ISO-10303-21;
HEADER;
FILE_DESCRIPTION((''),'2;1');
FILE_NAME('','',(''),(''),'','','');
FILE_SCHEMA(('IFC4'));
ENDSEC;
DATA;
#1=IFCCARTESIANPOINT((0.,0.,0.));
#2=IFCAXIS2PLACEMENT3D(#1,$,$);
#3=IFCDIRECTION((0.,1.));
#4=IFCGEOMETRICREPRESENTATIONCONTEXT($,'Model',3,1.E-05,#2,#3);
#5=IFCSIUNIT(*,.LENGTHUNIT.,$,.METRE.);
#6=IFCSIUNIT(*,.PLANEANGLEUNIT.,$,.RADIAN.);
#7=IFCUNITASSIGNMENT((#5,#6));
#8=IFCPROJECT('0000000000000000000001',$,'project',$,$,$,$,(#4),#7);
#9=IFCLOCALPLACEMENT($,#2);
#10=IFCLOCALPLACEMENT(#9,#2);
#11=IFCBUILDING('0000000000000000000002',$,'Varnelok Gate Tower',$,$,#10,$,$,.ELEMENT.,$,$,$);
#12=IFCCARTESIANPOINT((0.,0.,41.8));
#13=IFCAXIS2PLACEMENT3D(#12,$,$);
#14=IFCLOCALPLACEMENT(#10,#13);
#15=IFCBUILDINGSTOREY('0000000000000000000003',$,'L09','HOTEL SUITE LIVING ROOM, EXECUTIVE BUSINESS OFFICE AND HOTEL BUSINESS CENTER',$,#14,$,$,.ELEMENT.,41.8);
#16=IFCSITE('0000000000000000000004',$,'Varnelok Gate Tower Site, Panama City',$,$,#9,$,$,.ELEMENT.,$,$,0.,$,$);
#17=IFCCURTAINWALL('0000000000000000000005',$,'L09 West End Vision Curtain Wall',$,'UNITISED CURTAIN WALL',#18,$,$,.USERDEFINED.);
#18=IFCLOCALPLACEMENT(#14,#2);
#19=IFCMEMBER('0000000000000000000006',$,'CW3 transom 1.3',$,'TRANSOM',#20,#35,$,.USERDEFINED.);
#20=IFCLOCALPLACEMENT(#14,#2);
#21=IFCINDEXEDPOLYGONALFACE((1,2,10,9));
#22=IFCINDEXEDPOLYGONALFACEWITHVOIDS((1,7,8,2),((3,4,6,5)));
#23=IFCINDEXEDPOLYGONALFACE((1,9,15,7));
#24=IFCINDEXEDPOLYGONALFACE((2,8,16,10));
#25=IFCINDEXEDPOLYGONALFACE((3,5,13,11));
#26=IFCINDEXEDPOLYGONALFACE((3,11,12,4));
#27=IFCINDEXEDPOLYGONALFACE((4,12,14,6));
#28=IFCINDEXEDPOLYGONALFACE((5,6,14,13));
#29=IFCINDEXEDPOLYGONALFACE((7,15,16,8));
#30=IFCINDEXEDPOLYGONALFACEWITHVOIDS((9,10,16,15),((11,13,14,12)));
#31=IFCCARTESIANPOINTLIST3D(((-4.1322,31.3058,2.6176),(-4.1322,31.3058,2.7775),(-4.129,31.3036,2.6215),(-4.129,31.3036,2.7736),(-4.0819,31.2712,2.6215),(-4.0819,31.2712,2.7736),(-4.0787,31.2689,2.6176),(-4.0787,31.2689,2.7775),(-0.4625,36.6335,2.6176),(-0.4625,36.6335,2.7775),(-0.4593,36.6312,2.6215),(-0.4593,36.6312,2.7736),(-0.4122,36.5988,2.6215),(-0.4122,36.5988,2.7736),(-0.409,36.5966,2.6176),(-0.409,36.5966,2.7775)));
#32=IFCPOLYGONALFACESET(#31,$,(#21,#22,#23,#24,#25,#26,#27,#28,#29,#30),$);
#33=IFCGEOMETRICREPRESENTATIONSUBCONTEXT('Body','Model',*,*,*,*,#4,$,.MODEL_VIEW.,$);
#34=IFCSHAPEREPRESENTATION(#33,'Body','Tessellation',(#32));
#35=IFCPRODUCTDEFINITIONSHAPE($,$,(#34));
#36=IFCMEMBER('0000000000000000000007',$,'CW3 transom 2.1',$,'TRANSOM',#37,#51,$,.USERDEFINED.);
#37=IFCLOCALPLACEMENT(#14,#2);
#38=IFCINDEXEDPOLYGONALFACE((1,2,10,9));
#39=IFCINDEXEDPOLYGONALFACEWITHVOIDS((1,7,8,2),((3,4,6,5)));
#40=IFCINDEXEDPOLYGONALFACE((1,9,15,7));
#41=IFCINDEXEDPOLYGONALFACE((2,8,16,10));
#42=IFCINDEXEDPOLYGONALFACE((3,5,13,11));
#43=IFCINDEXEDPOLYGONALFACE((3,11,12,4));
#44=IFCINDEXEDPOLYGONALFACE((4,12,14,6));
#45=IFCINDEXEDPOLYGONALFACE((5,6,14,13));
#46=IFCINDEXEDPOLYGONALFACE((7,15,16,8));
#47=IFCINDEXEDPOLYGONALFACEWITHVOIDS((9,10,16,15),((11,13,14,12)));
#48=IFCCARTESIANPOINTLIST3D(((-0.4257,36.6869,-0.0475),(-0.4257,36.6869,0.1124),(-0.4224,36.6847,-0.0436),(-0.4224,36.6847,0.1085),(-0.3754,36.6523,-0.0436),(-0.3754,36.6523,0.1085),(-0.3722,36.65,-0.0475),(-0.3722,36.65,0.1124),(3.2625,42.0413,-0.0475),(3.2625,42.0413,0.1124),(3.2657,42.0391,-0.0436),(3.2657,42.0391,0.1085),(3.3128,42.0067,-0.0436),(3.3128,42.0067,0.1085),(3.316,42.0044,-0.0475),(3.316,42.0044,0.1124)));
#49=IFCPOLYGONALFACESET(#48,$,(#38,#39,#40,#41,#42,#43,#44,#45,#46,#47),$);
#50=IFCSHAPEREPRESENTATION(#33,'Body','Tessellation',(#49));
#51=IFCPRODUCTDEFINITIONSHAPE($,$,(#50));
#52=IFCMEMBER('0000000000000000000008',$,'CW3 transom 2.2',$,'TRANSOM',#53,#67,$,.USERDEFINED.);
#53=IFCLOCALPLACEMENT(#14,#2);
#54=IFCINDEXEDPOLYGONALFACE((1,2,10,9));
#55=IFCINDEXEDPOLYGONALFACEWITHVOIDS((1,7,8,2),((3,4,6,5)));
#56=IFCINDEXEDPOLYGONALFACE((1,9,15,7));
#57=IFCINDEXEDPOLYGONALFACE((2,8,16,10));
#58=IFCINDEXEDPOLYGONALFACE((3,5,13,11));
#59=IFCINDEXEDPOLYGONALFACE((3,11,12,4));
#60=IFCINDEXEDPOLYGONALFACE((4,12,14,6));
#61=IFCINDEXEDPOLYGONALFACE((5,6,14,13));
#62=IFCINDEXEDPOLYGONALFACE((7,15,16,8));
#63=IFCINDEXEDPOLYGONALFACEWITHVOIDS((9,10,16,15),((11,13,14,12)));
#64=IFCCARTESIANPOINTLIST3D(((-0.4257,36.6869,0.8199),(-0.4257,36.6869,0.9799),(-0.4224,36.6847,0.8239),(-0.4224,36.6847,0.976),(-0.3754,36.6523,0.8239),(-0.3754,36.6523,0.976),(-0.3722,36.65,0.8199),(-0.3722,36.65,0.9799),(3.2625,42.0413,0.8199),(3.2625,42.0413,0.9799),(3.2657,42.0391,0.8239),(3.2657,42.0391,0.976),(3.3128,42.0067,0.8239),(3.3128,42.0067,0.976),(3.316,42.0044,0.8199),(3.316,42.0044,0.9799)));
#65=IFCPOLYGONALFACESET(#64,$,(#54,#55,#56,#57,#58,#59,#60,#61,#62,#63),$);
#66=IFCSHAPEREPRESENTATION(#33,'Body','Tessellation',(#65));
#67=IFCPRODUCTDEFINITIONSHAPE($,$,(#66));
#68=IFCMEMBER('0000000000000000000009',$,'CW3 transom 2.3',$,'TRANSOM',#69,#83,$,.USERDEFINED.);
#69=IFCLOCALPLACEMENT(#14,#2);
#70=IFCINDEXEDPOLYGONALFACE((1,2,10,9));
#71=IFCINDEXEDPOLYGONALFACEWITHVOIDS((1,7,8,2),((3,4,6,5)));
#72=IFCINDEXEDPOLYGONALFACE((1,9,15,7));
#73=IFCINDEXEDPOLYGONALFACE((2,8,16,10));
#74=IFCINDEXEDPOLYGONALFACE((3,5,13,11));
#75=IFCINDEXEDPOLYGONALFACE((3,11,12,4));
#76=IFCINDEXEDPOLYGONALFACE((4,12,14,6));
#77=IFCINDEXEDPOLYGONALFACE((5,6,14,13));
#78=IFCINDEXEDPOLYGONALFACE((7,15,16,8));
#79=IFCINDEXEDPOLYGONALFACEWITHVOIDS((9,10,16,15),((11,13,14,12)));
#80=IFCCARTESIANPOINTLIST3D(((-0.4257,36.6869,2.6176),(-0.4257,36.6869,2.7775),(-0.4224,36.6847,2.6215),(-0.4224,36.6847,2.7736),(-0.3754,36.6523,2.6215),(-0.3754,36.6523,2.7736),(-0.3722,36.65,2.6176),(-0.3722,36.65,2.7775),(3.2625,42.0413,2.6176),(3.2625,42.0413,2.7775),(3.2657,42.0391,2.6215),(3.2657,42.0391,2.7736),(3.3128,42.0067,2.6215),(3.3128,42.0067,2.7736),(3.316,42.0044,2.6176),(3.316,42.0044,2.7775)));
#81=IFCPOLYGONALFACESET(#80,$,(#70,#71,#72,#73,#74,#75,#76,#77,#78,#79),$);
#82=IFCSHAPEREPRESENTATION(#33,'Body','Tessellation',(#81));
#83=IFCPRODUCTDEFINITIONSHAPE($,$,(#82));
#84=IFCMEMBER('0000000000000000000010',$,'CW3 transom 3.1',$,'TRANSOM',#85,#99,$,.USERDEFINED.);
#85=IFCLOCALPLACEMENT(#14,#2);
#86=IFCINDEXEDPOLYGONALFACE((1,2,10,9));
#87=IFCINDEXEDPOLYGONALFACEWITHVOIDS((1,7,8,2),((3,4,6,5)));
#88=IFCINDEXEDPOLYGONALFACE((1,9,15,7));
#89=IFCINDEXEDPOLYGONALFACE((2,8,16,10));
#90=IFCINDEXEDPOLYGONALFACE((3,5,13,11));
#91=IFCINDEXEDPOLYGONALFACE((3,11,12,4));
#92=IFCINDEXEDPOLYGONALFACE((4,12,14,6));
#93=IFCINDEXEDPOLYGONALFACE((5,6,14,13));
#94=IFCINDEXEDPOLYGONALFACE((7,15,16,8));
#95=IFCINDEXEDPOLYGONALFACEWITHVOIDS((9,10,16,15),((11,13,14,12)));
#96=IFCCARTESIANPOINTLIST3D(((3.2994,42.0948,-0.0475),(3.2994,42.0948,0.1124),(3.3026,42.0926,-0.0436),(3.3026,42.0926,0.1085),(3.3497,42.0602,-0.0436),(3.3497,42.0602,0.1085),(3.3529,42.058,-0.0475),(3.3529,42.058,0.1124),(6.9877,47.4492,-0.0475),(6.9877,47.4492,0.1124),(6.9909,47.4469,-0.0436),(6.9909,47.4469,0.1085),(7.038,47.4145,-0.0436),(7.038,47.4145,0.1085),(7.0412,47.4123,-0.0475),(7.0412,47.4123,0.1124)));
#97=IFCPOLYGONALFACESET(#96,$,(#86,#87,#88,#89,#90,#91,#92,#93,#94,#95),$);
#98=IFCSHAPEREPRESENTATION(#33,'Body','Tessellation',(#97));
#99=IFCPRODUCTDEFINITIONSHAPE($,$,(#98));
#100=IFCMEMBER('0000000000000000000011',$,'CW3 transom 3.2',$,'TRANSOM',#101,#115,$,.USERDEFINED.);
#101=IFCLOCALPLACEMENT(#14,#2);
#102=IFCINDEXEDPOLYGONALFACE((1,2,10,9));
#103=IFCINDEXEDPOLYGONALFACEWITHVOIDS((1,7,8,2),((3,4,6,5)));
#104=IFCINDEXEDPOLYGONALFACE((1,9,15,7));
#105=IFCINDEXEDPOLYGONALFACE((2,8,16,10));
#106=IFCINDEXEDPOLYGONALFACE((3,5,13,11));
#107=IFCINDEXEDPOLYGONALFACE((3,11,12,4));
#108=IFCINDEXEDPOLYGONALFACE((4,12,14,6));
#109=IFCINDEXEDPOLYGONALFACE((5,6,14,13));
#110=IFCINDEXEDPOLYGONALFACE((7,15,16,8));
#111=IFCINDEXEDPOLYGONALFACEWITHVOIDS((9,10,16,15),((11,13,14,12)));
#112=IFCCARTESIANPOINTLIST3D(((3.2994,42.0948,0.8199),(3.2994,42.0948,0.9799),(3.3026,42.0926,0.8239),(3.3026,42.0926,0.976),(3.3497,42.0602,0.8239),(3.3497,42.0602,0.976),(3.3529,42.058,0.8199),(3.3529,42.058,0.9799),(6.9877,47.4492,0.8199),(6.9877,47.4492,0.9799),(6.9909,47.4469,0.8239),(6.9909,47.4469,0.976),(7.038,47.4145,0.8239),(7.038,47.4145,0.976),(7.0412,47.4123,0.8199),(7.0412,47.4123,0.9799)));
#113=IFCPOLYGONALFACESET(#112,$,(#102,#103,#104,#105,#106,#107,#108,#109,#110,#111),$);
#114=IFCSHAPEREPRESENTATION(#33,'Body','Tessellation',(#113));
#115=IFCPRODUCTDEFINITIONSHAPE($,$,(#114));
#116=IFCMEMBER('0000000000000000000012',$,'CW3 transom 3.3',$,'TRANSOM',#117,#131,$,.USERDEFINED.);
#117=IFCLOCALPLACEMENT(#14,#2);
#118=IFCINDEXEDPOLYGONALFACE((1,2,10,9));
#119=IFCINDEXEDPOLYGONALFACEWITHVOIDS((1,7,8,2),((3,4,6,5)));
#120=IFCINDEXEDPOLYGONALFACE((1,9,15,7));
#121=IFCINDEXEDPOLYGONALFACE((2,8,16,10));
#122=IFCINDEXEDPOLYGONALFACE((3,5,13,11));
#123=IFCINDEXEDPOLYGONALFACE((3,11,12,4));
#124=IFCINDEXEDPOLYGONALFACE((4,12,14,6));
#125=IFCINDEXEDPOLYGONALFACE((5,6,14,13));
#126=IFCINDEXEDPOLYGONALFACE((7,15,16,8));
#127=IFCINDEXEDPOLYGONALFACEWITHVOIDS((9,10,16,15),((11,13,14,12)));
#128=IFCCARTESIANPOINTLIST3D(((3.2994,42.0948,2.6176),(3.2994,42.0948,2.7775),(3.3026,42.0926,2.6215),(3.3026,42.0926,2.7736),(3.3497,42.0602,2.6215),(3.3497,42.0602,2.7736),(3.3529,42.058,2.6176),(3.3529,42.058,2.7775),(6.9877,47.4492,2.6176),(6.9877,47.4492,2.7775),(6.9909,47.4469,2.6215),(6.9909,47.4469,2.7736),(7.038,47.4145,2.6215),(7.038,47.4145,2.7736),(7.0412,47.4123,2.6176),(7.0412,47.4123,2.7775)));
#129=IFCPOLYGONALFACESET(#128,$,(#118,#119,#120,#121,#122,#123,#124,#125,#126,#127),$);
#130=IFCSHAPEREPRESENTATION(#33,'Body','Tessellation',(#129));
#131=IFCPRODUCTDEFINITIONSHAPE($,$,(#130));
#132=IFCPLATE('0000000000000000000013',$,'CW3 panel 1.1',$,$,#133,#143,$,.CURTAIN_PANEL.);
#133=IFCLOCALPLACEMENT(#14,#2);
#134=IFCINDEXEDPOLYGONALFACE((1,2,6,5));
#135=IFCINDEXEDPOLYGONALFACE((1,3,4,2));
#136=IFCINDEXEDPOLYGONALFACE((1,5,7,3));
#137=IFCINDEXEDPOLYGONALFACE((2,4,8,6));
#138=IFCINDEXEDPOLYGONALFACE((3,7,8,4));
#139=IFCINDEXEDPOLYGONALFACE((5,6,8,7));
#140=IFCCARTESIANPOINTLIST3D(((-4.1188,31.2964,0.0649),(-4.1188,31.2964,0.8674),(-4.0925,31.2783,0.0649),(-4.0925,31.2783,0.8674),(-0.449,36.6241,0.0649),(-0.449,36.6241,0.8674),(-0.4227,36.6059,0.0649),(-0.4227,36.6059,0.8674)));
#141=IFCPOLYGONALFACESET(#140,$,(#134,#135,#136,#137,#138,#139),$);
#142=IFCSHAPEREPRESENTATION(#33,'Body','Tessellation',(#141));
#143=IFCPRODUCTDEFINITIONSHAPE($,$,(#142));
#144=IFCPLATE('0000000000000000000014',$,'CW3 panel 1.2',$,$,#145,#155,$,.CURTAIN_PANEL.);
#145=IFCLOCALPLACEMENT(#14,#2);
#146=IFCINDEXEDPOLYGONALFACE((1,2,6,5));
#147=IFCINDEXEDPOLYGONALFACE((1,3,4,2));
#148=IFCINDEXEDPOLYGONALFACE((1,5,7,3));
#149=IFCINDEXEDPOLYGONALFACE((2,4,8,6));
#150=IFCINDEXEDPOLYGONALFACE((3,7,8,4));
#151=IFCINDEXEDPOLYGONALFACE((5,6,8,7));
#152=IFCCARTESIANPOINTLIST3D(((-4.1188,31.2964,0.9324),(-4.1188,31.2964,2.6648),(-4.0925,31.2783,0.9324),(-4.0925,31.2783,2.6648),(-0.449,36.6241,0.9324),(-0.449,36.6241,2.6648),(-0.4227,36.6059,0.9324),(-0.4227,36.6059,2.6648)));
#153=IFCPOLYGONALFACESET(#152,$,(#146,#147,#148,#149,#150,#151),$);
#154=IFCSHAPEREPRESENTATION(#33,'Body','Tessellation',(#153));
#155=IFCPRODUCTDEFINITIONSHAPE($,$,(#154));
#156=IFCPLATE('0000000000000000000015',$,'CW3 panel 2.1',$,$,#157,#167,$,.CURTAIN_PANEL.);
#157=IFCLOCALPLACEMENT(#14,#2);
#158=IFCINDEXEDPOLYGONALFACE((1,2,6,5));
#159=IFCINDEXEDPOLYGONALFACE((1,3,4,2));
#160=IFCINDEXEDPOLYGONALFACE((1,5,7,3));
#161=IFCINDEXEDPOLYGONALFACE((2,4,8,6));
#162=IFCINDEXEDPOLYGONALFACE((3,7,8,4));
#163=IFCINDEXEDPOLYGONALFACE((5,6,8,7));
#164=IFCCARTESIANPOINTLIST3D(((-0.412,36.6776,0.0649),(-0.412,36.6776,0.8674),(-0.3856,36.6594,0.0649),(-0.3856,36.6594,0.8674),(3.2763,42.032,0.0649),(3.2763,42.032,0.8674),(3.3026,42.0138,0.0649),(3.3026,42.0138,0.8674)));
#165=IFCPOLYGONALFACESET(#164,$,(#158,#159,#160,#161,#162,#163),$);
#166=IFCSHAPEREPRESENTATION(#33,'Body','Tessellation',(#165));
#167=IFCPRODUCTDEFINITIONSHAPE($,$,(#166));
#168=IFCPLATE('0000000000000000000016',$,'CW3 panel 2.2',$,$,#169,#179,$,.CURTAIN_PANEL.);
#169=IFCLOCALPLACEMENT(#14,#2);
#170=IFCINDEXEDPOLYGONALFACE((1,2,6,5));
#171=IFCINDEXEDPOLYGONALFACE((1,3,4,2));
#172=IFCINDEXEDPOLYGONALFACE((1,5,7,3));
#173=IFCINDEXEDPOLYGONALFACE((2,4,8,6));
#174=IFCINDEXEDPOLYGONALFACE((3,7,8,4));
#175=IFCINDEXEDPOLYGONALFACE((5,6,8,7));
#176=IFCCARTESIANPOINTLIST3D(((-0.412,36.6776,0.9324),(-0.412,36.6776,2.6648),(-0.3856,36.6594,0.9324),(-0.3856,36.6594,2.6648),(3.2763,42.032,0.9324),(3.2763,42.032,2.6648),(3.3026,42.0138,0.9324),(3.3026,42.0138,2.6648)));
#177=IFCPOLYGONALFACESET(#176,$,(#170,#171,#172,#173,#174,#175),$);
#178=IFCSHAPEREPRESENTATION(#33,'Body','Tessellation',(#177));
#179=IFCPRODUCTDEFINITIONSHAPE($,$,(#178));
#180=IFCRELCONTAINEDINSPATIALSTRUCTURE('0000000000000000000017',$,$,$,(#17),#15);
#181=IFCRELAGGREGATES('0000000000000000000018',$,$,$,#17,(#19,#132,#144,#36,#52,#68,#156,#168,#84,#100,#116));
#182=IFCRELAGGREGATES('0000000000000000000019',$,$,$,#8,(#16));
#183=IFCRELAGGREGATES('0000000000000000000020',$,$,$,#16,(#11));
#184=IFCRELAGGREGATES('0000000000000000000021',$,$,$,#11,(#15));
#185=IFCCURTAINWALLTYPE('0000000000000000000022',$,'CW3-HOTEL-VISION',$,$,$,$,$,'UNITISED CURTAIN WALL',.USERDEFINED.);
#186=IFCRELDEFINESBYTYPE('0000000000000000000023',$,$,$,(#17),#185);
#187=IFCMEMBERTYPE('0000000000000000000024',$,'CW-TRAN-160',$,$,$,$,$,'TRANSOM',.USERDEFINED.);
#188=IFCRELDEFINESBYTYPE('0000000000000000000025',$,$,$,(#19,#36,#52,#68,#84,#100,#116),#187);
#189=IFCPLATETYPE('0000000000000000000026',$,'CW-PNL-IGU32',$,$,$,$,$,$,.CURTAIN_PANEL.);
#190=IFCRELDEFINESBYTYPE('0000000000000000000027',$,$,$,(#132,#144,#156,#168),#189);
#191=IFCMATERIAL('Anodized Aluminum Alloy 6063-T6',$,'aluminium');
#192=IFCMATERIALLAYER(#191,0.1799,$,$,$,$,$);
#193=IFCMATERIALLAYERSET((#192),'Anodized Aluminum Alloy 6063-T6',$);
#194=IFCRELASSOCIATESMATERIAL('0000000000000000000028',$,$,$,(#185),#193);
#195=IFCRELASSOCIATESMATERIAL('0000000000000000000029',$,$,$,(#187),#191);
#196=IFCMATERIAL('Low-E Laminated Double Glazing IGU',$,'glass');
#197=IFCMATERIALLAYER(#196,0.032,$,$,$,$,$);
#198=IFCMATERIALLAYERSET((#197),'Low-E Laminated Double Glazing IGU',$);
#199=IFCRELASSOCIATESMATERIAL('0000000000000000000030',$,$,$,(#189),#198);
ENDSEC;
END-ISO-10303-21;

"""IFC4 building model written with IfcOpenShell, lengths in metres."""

from ifc_helpers import new_model, si_unit, direction, frame, origin, origin_2d, place, context, subcontext, project, spatial, rectangle, hollow_rectangle, extrude, source, transform, mapped, material, layer, layer_set, material_profile, profile_set, type_object, element, aggregate, save


model = new_model("IFC4")

# Units and contexts
model_context = context("Model", 3, precision=1e-05, world=origin(), true_north=direction((0.0, 1.0)))
body_context = subcontext(model_context, "Body", "Model", "MODEL_VIEW")
ifc_project = project(units=[si_unit("LENGTHUNIT", "METRE"), si_unit("PLANEANGLEUNIT", "RADIAN")], contexts=[model_context])

# Site, building, storey
site_placement = place(None, origin())
site = spatial("IfcSite", under=ifc_project, at=site_placement, Name="Varnelok Gate Tower Site, Panama City", CompositionType="ELEMENT", RefElevation=0.0)
building_placement = place(site_placement, origin())
building = spatial("IfcBuilding", under=site, at=building_placement, Name="Varnelok Gate Tower", CompositionType="ELEMENT")
storey_placement = place(building_placement, frame((0.0, 0.0, 41.8)))
storey = spatial("IfcBuildingStorey", under=building, at=storey_placement, Name="L09", Description="HOTEL SUITE LIVING ROOM, EXECUTIVE BUSINESS OFFICE AND HOTEL BUSINESS CENTER", CompositionType="ELEMENT", Elevation=41.8)

# Curtain wall, members, plates
ifc_material_1 = material(Name="Anodized Aluminum Alloy 6063-T6", Category="aluminium")
ifc_layer_1 = layer(ifc_material_1, 0.1799)
ifc_layer_set_1 = layer_set([ifc_layer_1], Name="Anodized Aluminum Alloy 6063-T6")
curtain_wall_type = type_object("IfcCurtainWallType", Name="CW3-HOTEL-VISION", ElementType="UNITISED CURTAIN WALL", PredefinedType="USERDEFINED", material=ifc_layer_set_1)
curtain_wall_placement = place(storey_placement, origin())
curtain_wall = element("IfcCurtainWall", 1, at=curtain_wall_placement, inside=storey, type_object=curtain_wall_type, Name="L09 West End Vision Curtain Wall", ObjectType="UNITISED CURTAIN WALL", PredefinedType="USERDEFINED")
ifc_material_profile_1 = material_profile(ifc_material_1, hollow_rectangle(XDim=0.0649, YDim=0.1599, WallThickness=0.0039, at=origin_2d()), Name="ALU160X65X4")
ifc_profile_set_1 = profile_set([ifc_material_profile_1], Name="Anodized Aluminum Alloy 6063-T6")
member_type_1 = type_object("IfcMemberType", Name="CW-TRAN-160", ElementType="TRANSOM", PredefinedType="USERDEFINED", material=ifc_profile_set_1)
member_1_placement = place(storey_placement, frame((-4.1055, 31.2874, 2.6975), z_axis=(0.567256, 0.823542, 0.0), x_axis=(-0.823542, 0.567256, 0.0)))
member_1 = element("IfcMember", 2, at=member_1_placement, type_object=member_type_1, Name="CW3 transom 1.3", ObjectType="TRANSOM", PredefinedType="USERDEFINED", context=body_context, shape_type="SweptSolid", body=[
    extrude(hollow_rectangle(XDim=0.0649, YDim=0.1599, WallThickness=0.0039, at=origin_2d()), origin(), (0.0, 0.0, 1.0), 6.4692),
])
member_2_placement = place(storey_placement, frame((-0.3989, 36.6685, 0.0325), z_axis=(0.567262, 0.823538, 0.0), x_axis=(-0.823538, 0.567262, 0.0)))
member_2 = element("IfcMember", 3, at=member_2_placement, type_object=member_type_1, Name="CW3 transom 2.1", ObjectType="TRANSOM", PredefinedType="USERDEFINED", context=body_context, shape_type="SweptSolid", body=[
    extrude(hollow_rectangle(XDim=0.0649, YDim=0.1599, WallThickness=0.0039, at=origin_2d()), origin(), (0.0, 0.0, 1.0), 6.5017),
])
member_3_placement = place(storey_placement, frame((-0.3989, 36.6685, 0.8999), z_axis=(0.567262, 0.823538, 0.0), x_axis=(-0.823538, 0.567262, 0.0)))
member_3 = element("IfcMember", 4, at=member_3_placement, type_object=member_type_1, Name="CW3 transom 2.2", ObjectType="TRANSOM", PredefinedType="USERDEFINED", context=body_context, shape_type="SweptSolid", body=[
    extrude(hollow_rectangle(XDim=0.0649, YDim=0.1599, WallThickness=0.0039, at=origin_2d()), origin(), (0.0, 0.0, 1.0), 6.5017),
])
member_4_placement = place(storey_placement, frame((-0.3989, 36.6685, 2.6975), z_axis=(0.567262, 0.823538, 0.0), x_axis=(-0.823538, 0.567262, 0.0)))
member_4 = element("IfcMember", 5, at=member_4_placement, type_object=member_type_1, Name="CW3 transom 2.3", ObjectType="TRANSOM", PredefinedType="USERDEFINED", context=body_context, shape_type="SweptSolid", body=[
    extrude(hollow_rectangle(XDim=0.0649, YDim=0.1599, WallThickness=0.0039, at=origin_2d()), origin(), (0.0, 0.0, 1.0), 6.5017),
])
member_5_placement = place(storey_placement, frame((3.3262, 42.0764, 0.0325), z_axis=(0.567279, 0.823526, 0.0), x_axis=(-0.823526, 0.567279, 0.0)))
member_5 = element("IfcMember", 6, at=member_5_placement, type_object=member_type_1, Name="CW3 transom 3.1", ObjectType="TRANSOM", PredefinedType="USERDEFINED", context=body_context, shape_type="SweptSolid", body=[
    extrude(hollow_rectangle(XDim=0.0649, YDim=0.1599, WallThickness=0.0039, at=origin_2d()), origin(), (0.0, 0.0, 1.0), 6.5017),
])
member_6_placement = place(storey_placement, frame((3.3262, 42.0764, 0.8999), z_axis=(0.567279, 0.823526, 0.0), x_axis=(-0.823526, 0.567279, 0.0)))
member_6 = element("IfcMember", 7, at=member_6_placement, type_object=member_type_1, Name="CW3 transom 3.2", ObjectType="TRANSOM", PredefinedType="USERDEFINED", context=body_context, shape_type="SweptSolid", body=[
    extrude(hollow_rectangle(XDim=0.0649, YDim=0.1599, WallThickness=0.0039, at=origin_2d()), origin(), (0.0, 0.0, 1.0), 6.5017),
])
member_7_placement = place(storey_placement, frame((3.3262, 42.0764, 2.6975), z_axis=(0.567279, 0.823526, 0.0), x_axis=(-0.823526, 0.567279, 0.0)))
member_7 = element("IfcMember", 8, at=member_7_placement, type_object=member_type_1, Name="CW3 transom 3.3", ObjectType="TRANSOM", PredefinedType="USERDEFINED", context=body_context, shape_type="SweptSolid", body=[
    extrude(hollow_rectangle(XDim=0.0649, YDim=0.1599, WallThickness=0.0039, at=origin_2d()), origin(), (0.0, 0.0, 1.0), 6.5017),
])
ifc_material_2 = material(Name="Low-E Laminated Double Glazing IGU", Category="glass")
ifc_layer_2 = layer(ifc_material_2, 0.032)
ifc_layer_set_2 = layer_set([ifc_layer_2], Name="Low-E Laminated Double Glazing IGU")
plate_type = type_object("IfcPlateType", Name="CW-PNL-IGU32", PredefinedType="CURTAIN_PANEL", material=ifc_layer_set_2)
shared_shape_1 = source(origin(), body_context, "Body", "SweptSolid", [
    extrude(rectangle(XDim=6.4692, YDim=0.032, at=origin_2d()), origin(), (0.0, 0.0, 1.0), 0.8025),
])
plate_1_placement = place(storey_placement, frame((-2.2708, 33.9512, 0.0649), z_axis=(0.0, 0.0, 1.0), x_axis=(0.567269, 0.823533, 0.0)))
plate_1 = element("IfcPlate", 9, at=plate_1_placement, type_object=plate_type, Name="CW3 panel 1.1", PredefinedType="CURTAIN_PANEL", context=body_context, shape_type="MappedRepresentation", body=[
    mapped(shared_shape_1, transform((0.0, 0.0, 0.0), scale=1.0)),
])
shared_shape_2 = source(origin(), body_context, "Body", "SweptSolid", [
    extrude(rectangle(XDim=6.4692, YDim=0.032, at=origin_2d()), origin(), (0.0, 0.0, 1.0), 1.7324),
])
plate_2_placement = place(storey_placement, frame((-2.2708, 33.9512, 0.9324), z_axis=(0.0, 0.0, 1.0), x_axis=(0.567269, 0.823533, 0.0)))
plate_2 = element("IfcPlate", 10, at=plate_2_placement, type_object=plate_type, Name="CW3 panel 1.2", PredefinedType="CURTAIN_PANEL", context=body_context, shape_type="MappedRepresentation", body=[
    mapped(shared_shape_2, transform((0.0, 0.0, 0.0), scale=1.0)),
])
shared_shape_3 = source(origin(), body_context, "Body", "SweptSolid", [
    extrude(rectangle(XDim=6.5017, YDim=0.032, at=origin_2d()), origin(), (0.0, 0.0, 1.0), 0.8025),
])
plate_3_placement = place(storey_placement, frame((1.4453, 39.3457, 0.0649), z_axis=(0.0, 0.0, 1.0), x_axis=(0.567269, 0.823533, 0.0)))
plate_3 = element("IfcPlate", 11, at=plate_3_placement, type_object=plate_type, Name="CW3 panel 2.1", PredefinedType="CURTAIN_PANEL", context=body_context, shape_type="MappedRepresentation", body=[
    mapped(shared_shape_3, transform((0.0, 0.0, 0.0), scale=1.0)),
])
shared_shape_4 = source(origin(), body_context, "Body", "SweptSolid", [
    extrude(rectangle(XDim=6.5017, YDim=0.032, at=origin_2d()), origin(), (0.0, 0.0, 1.0), 1.7324),
])
plate_4_placement = place(storey_placement, frame((1.4453, 39.3457, 0.9324), z_axis=(0.0, 0.0, 1.0), x_axis=(0.567269, 0.823533, 0.0)))
plate_4 = element("IfcPlate", 12, at=plate_4_placement, type_object=plate_type, Name="CW3 panel 2.2", PredefinedType="CURTAIN_PANEL", context=body_context, shape_type="MappedRepresentation", body=[
    mapped(shared_shape_4, transform((0.0, 0.0, 0.0), scale=1.0)),
])
aggregate(curtain_wall, [member_1, plate_1, plate_2, member_2, member_3, member_4, plate_3, plate_4, member_5, member_6, member_7])

save(model, "model.ifc")
